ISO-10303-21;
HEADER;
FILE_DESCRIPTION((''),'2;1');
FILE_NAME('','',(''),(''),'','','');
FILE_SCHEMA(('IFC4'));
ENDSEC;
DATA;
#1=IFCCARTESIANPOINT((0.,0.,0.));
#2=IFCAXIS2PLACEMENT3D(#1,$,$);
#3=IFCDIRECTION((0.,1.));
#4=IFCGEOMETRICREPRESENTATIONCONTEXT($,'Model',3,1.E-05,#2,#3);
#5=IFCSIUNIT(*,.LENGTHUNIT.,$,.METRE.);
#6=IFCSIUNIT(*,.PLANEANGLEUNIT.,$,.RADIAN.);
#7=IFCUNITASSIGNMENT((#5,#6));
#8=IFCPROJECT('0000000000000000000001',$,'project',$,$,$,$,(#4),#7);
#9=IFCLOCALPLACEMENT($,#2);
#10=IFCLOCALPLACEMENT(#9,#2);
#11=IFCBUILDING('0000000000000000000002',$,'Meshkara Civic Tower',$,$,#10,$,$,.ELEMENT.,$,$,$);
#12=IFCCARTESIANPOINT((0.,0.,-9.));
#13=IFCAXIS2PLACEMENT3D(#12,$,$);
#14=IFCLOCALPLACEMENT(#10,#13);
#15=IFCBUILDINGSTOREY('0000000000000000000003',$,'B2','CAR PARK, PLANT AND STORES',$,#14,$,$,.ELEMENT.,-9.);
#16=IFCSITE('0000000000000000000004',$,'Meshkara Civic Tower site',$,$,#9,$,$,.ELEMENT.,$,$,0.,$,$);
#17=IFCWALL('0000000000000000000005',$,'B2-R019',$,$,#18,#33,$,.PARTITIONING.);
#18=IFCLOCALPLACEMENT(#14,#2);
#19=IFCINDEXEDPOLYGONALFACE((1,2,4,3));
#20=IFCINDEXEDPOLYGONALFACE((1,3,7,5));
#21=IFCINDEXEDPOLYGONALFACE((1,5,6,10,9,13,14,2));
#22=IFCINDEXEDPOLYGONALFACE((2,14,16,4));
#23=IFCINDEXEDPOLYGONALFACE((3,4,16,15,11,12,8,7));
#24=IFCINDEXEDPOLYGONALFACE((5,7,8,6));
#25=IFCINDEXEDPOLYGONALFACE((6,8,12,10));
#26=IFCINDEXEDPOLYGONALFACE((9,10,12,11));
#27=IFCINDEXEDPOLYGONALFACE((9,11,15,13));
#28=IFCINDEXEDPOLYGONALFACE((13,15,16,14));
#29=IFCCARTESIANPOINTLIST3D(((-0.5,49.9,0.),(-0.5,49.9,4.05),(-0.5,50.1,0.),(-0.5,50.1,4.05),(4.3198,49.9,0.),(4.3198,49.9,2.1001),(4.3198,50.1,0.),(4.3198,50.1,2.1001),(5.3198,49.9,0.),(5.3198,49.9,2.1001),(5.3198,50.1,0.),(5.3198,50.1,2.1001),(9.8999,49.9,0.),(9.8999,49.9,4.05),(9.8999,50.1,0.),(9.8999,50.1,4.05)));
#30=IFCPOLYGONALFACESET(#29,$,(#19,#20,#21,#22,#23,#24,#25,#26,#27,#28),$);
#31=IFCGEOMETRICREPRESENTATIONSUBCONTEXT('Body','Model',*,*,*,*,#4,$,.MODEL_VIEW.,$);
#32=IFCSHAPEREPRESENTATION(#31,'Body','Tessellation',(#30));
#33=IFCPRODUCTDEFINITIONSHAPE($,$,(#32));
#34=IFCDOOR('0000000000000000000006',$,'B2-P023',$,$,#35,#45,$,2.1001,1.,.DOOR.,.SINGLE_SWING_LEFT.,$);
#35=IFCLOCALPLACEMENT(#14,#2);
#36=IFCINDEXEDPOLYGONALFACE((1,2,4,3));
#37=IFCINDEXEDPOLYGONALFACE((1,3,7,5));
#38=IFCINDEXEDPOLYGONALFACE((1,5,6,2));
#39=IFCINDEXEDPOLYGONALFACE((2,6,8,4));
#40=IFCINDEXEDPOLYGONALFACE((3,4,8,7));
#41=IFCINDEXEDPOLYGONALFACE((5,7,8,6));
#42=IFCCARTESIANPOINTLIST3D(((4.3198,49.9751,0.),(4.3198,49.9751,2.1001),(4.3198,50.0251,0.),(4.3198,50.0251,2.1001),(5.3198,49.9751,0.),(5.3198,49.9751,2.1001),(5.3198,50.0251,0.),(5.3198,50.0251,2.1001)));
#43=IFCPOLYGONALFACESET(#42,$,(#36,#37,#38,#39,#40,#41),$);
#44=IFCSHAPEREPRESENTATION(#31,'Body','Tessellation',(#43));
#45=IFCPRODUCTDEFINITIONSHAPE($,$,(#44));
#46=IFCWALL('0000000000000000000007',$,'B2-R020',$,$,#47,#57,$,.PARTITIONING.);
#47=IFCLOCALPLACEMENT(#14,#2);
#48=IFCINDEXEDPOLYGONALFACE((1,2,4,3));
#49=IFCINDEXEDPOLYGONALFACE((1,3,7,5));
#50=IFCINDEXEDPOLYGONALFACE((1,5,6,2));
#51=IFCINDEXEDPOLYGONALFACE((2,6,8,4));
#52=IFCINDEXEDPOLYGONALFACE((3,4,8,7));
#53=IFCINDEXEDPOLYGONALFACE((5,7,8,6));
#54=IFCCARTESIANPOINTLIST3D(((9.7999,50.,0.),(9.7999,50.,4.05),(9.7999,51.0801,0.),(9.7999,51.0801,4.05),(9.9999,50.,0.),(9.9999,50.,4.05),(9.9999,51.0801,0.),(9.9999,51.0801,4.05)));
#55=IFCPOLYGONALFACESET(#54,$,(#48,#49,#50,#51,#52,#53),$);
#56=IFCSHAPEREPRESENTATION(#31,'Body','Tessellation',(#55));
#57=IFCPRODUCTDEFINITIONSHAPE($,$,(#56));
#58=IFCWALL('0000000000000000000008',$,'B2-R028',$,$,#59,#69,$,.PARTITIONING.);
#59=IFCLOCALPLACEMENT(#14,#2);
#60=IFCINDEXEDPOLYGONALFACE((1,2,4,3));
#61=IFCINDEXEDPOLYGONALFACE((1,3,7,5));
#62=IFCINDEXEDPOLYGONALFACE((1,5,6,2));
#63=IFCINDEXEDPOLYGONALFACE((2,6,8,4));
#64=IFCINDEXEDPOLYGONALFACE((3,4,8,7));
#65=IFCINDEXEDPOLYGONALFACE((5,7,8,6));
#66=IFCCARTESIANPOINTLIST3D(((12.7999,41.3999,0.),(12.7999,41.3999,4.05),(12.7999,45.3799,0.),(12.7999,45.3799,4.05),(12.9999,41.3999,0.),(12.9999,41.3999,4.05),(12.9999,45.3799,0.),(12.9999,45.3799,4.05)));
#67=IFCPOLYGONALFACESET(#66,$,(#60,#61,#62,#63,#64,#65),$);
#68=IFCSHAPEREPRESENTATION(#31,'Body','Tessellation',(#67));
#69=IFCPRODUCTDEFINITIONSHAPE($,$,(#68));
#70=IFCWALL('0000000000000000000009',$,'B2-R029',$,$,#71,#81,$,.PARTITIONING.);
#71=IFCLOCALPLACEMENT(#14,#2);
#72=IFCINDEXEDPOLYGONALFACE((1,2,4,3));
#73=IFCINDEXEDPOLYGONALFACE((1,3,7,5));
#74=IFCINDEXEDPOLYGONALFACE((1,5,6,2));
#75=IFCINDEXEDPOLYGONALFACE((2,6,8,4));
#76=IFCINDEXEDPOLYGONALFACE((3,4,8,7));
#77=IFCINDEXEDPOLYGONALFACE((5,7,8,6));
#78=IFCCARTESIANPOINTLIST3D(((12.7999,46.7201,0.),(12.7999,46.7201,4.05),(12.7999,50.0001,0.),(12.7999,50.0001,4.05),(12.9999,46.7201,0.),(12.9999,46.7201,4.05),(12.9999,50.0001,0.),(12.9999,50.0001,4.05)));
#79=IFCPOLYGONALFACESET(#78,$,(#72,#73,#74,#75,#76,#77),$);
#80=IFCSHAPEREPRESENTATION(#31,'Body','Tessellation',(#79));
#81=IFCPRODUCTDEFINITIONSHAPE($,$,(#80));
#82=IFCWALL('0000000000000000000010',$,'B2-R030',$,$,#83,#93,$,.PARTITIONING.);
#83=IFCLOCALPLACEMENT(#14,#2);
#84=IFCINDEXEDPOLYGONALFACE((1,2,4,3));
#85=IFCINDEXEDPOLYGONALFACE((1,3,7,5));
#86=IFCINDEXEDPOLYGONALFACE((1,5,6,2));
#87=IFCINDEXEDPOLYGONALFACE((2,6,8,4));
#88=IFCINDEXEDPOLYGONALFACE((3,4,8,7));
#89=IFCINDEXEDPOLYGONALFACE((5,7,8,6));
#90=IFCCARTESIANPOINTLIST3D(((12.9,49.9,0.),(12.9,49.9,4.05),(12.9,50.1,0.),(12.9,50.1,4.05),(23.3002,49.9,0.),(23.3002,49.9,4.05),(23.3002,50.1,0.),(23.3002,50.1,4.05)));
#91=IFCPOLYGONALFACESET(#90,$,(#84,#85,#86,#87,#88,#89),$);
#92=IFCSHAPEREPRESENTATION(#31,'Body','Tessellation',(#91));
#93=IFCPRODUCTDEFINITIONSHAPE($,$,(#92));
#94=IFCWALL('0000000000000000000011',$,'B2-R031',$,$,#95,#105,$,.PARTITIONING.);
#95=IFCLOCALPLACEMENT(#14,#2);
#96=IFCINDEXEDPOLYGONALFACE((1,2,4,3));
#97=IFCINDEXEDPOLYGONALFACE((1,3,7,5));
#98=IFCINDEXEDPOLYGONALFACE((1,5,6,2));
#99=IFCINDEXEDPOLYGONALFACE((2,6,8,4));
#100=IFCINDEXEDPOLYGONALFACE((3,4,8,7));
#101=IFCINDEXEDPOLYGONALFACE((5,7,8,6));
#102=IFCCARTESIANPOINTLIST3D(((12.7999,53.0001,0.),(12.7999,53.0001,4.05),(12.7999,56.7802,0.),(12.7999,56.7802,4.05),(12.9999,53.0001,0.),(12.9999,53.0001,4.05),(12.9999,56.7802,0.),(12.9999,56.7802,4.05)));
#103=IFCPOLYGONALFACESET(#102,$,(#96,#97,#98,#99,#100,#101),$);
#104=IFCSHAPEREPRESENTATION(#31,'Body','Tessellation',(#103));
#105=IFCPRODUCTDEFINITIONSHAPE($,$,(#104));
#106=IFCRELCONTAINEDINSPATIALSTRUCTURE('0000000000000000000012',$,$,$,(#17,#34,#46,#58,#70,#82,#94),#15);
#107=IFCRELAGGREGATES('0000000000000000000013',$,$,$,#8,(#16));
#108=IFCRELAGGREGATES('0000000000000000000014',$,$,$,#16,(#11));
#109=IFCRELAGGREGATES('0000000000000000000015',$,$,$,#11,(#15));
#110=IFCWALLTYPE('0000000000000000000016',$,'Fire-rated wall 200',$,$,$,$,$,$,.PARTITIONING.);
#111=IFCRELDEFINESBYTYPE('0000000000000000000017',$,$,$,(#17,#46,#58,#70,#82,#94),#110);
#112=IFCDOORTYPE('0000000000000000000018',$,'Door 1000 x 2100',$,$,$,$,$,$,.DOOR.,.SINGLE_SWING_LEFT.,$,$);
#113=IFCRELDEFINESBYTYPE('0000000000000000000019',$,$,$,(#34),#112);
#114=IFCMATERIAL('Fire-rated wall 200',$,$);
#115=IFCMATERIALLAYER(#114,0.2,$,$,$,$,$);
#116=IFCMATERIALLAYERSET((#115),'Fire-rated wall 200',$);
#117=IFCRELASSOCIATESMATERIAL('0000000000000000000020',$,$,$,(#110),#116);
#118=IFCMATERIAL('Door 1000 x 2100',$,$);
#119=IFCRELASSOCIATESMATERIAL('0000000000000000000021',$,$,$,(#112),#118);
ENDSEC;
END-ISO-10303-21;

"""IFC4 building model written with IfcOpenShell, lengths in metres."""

from ifc_helpers import new_model, si_unit, direction, frame, frame_2d, origin, place, context, subcontext, project, spatial, rectangle, extrude, material, layer, layer_set, type_object, element, fill, save


model = new_model("IFC4")

# Units and contexts
model_context = context("Model", 3, precision=1e-05, world=origin(), true_north=direction((0.0, 1.0)))
body_context = subcontext(model_context, "Body", "Model", "MODEL_VIEW")
ifc_project = project(units=[si_unit("LENGTHUNIT", "METRE"), si_unit("PLANEANGLEUNIT", "RADIAN")], contexts=[model_context])

# Site, building, storey
site_placement = place(None, origin())
site = spatial("IfcSite", under=ifc_project, at=site_placement, Name="Meshkara Civic Tower site", CompositionType="ELEMENT", RefElevation=0.0)
building_placement = place(site_placement, origin())
building = spatial("IfcBuilding", under=site, at=building_placement, Name="Meshkara Civic Tower", CompositionType="ELEMENT")
storey_placement = place(building_placement, frame((0.0, 0.0, -9.0)))
storey = spatial("IfcBuildingStorey", under=building, at=storey_placement, Name="B2", Description="CAR PARK, PLANT AND STORES", CompositionType="ELEMENT", Elevation=-9.0)

# Shared definitions
ifc_material_1 = material(Name="Fire-rated wall 200")
ifc_layer = layer(ifc_material_1, 0.2)
ifc_layer_set = layer_set([ifc_layer], Name="Fire-rated wall 200")
wall_type = type_object("IfcWallType", Name="Fire-rated wall 200", PredefinedType="PARTITIONING", material=ifc_layer_set)

# Wall, opening, door
wall_1_placement = place(storey_placement, frame((9.8999, 50.0, 0.0), z_axis=(0.0, 0.0, 1.0), x_axis=(-1.0, 0.0, 0.0)))
wall_1 = element("IfcWall", 1, at=wall_1_placement, inside=storey, type_object=wall_type, Name="B2-R019", PredefinedType="PARTITIONING", context=body_context, shape_type="SweptSolid", body=[
    extrude(rectangle(XDim=10.3999, YDim=0.2, at=frame_2d((5.2, 0.0))), origin(), (0.0, 0.0, 1.0), 4.05),
])
opening_placement = place(wall_1_placement, frame((4.5801, 0.0, 0.0)))
opening = element("IfcOpeningElement", 2, at=opening_placement, cuts=wall_1, PredefinedType="OPENING", context=body_context, shape_type="SweptSolid", body=[
    extrude(rectangle(XDim=1.0, YDim=2.1001, at=frame_2d((0.5, 1.05))), frame((0.0, 0.1099, 0.0), z_axis=(0.0, -1.0, 0.0), x_axis=(1.0, 0.0, 0.0)), (0.0, 0.0, 1.0), 0.22),
])
ifc_material_2 = material(Name="Door 1000 x 2100")
door_type = type_object("IfcDoorType", Name="Door 1000 x 2100", OperationType="SINGLE_SWING_LEFT", PredefinedType="DOOR", material=ifc_material_2)
door_placement = place(opening_placement, origin())
door = element("IfcDoor", 3, at=door_placement, inside=storey, type_object=door_type, Name="B2-P023", OperationType="SINGLE_SWING_LEFT", OverallHeight=2.1001, OverallWidth=1.0, PredefinedType="DOOR", context=body_context, shape_type="SweptSolid", body=[
    extrude(rectangle(XDim=1.0, YDim=2.1001, at=frame_2d((0.5, 1.05))), frame((0.0, 0.0249, 0.0), z_axis=(0.0, -1.0, 0.0), x_axis=(1.0, 0.0, 0.0)), (0.0, 0.0, 1.0), 0.05),
])
fill(opening, door)

# Walls
wall_2_placement = place(storey_placement, frame((9.8999, 51.0801, 0.0), z_axis=(0.0, 0.0, 1.0), x_axis=(0.0, -1.0, 0.0)))
element("IfcWall", 4, at=wall_2_placement, inside=storey, type_object=wall_type, Name="B2-R020", PredefinedType="PARTITIONING", context=body_context, shape_type="SweptSolid", body=[
    extrude(rectangle(XDim=1.0801, YDim=0.2, at=frame_2d((0.54, 0.0))), origin(), (0.0, 0.0, 1.0), 4.05),
])
wall_3_placement = place(storey_placement, frame((12.8999, 41.3999, 0.0), z_axis=(0.0, 0.0, 1.0), x_axis=(0.0, 1.0, 0.0)))
element("IfcWall", 5, at=wall_3_placement, inside=storey, type_object=wall_type, Name="B2-R028", PredefinedType="PARTITIONING", context=body_context, shape_type="SweptSolid", body=[
    extrude(rectangle(XDim=3.98, YDim=0.2, at=frame_2d((1.99, 0.0))), origin(), (0.0, 0.0, 1.0), 4.05),
])
wall_4_placement = place(storey_placement, frame((12.8999, 46.72, 0.0), z_axis=(0.0, 0.0, 1.0), x_axis=(0.0, 1.0, 0.0)))
element("IfcWall", 6, at=wall_4_placement, inside=storey, type_object=wall_type, Name="B2-R029", PredefinedType="PARTITIONING", context=body_context, shape_type="SweptSolid", body=[
    extrude(rectangle(XDim=3.28, YDim=0.2, at=frame_2d((1.6401, 0.0))), origin(), (0.0, 0.0, 1.0), 4.05),
])
wall_5_placement = place(storey_placement, frame((12.8999, 50.0, 0.0), z_axis=(0.0, 0.0, 1.0), x_axis=(1.0, 0.0, 0.0)))
element("IfcWall", 7, at=wall_5_placement, inside=storey, type_object=wall_type, Name="B2-R030", PredefinedType="PARTITIONING", context=body_context, shape_type="SweptSolid", body=[
    extrude(rectangle(XDim=10.4001, YDim=0.2, at=frame_2d((5.2002, 0.0))), origin(), (0.0, 0.0, 1.0), 4.05),
])
wall_6_placement = place(storey_placement, frame((12.8999, 53.0, 0.0), z_axis=(0.0, 0.0, 1.0), x_axis=(0.0, 1.0, 0.0)))
element("IfcWall", 8, at=wall_6_placement, inside=storey, type_object=wall_type, Name="B2-R031", PredefinedType="PARTITIONING", context=body_context, shape_type="SweptSolid", body=[
    extrude(rectangle(XDim=3.78, YDim=0.2, at=frame_2d((1.8901, 0.0))), origin(), (0.0, 0.0, 1.0), 4.05),
])

save(model, "model.ifc")
